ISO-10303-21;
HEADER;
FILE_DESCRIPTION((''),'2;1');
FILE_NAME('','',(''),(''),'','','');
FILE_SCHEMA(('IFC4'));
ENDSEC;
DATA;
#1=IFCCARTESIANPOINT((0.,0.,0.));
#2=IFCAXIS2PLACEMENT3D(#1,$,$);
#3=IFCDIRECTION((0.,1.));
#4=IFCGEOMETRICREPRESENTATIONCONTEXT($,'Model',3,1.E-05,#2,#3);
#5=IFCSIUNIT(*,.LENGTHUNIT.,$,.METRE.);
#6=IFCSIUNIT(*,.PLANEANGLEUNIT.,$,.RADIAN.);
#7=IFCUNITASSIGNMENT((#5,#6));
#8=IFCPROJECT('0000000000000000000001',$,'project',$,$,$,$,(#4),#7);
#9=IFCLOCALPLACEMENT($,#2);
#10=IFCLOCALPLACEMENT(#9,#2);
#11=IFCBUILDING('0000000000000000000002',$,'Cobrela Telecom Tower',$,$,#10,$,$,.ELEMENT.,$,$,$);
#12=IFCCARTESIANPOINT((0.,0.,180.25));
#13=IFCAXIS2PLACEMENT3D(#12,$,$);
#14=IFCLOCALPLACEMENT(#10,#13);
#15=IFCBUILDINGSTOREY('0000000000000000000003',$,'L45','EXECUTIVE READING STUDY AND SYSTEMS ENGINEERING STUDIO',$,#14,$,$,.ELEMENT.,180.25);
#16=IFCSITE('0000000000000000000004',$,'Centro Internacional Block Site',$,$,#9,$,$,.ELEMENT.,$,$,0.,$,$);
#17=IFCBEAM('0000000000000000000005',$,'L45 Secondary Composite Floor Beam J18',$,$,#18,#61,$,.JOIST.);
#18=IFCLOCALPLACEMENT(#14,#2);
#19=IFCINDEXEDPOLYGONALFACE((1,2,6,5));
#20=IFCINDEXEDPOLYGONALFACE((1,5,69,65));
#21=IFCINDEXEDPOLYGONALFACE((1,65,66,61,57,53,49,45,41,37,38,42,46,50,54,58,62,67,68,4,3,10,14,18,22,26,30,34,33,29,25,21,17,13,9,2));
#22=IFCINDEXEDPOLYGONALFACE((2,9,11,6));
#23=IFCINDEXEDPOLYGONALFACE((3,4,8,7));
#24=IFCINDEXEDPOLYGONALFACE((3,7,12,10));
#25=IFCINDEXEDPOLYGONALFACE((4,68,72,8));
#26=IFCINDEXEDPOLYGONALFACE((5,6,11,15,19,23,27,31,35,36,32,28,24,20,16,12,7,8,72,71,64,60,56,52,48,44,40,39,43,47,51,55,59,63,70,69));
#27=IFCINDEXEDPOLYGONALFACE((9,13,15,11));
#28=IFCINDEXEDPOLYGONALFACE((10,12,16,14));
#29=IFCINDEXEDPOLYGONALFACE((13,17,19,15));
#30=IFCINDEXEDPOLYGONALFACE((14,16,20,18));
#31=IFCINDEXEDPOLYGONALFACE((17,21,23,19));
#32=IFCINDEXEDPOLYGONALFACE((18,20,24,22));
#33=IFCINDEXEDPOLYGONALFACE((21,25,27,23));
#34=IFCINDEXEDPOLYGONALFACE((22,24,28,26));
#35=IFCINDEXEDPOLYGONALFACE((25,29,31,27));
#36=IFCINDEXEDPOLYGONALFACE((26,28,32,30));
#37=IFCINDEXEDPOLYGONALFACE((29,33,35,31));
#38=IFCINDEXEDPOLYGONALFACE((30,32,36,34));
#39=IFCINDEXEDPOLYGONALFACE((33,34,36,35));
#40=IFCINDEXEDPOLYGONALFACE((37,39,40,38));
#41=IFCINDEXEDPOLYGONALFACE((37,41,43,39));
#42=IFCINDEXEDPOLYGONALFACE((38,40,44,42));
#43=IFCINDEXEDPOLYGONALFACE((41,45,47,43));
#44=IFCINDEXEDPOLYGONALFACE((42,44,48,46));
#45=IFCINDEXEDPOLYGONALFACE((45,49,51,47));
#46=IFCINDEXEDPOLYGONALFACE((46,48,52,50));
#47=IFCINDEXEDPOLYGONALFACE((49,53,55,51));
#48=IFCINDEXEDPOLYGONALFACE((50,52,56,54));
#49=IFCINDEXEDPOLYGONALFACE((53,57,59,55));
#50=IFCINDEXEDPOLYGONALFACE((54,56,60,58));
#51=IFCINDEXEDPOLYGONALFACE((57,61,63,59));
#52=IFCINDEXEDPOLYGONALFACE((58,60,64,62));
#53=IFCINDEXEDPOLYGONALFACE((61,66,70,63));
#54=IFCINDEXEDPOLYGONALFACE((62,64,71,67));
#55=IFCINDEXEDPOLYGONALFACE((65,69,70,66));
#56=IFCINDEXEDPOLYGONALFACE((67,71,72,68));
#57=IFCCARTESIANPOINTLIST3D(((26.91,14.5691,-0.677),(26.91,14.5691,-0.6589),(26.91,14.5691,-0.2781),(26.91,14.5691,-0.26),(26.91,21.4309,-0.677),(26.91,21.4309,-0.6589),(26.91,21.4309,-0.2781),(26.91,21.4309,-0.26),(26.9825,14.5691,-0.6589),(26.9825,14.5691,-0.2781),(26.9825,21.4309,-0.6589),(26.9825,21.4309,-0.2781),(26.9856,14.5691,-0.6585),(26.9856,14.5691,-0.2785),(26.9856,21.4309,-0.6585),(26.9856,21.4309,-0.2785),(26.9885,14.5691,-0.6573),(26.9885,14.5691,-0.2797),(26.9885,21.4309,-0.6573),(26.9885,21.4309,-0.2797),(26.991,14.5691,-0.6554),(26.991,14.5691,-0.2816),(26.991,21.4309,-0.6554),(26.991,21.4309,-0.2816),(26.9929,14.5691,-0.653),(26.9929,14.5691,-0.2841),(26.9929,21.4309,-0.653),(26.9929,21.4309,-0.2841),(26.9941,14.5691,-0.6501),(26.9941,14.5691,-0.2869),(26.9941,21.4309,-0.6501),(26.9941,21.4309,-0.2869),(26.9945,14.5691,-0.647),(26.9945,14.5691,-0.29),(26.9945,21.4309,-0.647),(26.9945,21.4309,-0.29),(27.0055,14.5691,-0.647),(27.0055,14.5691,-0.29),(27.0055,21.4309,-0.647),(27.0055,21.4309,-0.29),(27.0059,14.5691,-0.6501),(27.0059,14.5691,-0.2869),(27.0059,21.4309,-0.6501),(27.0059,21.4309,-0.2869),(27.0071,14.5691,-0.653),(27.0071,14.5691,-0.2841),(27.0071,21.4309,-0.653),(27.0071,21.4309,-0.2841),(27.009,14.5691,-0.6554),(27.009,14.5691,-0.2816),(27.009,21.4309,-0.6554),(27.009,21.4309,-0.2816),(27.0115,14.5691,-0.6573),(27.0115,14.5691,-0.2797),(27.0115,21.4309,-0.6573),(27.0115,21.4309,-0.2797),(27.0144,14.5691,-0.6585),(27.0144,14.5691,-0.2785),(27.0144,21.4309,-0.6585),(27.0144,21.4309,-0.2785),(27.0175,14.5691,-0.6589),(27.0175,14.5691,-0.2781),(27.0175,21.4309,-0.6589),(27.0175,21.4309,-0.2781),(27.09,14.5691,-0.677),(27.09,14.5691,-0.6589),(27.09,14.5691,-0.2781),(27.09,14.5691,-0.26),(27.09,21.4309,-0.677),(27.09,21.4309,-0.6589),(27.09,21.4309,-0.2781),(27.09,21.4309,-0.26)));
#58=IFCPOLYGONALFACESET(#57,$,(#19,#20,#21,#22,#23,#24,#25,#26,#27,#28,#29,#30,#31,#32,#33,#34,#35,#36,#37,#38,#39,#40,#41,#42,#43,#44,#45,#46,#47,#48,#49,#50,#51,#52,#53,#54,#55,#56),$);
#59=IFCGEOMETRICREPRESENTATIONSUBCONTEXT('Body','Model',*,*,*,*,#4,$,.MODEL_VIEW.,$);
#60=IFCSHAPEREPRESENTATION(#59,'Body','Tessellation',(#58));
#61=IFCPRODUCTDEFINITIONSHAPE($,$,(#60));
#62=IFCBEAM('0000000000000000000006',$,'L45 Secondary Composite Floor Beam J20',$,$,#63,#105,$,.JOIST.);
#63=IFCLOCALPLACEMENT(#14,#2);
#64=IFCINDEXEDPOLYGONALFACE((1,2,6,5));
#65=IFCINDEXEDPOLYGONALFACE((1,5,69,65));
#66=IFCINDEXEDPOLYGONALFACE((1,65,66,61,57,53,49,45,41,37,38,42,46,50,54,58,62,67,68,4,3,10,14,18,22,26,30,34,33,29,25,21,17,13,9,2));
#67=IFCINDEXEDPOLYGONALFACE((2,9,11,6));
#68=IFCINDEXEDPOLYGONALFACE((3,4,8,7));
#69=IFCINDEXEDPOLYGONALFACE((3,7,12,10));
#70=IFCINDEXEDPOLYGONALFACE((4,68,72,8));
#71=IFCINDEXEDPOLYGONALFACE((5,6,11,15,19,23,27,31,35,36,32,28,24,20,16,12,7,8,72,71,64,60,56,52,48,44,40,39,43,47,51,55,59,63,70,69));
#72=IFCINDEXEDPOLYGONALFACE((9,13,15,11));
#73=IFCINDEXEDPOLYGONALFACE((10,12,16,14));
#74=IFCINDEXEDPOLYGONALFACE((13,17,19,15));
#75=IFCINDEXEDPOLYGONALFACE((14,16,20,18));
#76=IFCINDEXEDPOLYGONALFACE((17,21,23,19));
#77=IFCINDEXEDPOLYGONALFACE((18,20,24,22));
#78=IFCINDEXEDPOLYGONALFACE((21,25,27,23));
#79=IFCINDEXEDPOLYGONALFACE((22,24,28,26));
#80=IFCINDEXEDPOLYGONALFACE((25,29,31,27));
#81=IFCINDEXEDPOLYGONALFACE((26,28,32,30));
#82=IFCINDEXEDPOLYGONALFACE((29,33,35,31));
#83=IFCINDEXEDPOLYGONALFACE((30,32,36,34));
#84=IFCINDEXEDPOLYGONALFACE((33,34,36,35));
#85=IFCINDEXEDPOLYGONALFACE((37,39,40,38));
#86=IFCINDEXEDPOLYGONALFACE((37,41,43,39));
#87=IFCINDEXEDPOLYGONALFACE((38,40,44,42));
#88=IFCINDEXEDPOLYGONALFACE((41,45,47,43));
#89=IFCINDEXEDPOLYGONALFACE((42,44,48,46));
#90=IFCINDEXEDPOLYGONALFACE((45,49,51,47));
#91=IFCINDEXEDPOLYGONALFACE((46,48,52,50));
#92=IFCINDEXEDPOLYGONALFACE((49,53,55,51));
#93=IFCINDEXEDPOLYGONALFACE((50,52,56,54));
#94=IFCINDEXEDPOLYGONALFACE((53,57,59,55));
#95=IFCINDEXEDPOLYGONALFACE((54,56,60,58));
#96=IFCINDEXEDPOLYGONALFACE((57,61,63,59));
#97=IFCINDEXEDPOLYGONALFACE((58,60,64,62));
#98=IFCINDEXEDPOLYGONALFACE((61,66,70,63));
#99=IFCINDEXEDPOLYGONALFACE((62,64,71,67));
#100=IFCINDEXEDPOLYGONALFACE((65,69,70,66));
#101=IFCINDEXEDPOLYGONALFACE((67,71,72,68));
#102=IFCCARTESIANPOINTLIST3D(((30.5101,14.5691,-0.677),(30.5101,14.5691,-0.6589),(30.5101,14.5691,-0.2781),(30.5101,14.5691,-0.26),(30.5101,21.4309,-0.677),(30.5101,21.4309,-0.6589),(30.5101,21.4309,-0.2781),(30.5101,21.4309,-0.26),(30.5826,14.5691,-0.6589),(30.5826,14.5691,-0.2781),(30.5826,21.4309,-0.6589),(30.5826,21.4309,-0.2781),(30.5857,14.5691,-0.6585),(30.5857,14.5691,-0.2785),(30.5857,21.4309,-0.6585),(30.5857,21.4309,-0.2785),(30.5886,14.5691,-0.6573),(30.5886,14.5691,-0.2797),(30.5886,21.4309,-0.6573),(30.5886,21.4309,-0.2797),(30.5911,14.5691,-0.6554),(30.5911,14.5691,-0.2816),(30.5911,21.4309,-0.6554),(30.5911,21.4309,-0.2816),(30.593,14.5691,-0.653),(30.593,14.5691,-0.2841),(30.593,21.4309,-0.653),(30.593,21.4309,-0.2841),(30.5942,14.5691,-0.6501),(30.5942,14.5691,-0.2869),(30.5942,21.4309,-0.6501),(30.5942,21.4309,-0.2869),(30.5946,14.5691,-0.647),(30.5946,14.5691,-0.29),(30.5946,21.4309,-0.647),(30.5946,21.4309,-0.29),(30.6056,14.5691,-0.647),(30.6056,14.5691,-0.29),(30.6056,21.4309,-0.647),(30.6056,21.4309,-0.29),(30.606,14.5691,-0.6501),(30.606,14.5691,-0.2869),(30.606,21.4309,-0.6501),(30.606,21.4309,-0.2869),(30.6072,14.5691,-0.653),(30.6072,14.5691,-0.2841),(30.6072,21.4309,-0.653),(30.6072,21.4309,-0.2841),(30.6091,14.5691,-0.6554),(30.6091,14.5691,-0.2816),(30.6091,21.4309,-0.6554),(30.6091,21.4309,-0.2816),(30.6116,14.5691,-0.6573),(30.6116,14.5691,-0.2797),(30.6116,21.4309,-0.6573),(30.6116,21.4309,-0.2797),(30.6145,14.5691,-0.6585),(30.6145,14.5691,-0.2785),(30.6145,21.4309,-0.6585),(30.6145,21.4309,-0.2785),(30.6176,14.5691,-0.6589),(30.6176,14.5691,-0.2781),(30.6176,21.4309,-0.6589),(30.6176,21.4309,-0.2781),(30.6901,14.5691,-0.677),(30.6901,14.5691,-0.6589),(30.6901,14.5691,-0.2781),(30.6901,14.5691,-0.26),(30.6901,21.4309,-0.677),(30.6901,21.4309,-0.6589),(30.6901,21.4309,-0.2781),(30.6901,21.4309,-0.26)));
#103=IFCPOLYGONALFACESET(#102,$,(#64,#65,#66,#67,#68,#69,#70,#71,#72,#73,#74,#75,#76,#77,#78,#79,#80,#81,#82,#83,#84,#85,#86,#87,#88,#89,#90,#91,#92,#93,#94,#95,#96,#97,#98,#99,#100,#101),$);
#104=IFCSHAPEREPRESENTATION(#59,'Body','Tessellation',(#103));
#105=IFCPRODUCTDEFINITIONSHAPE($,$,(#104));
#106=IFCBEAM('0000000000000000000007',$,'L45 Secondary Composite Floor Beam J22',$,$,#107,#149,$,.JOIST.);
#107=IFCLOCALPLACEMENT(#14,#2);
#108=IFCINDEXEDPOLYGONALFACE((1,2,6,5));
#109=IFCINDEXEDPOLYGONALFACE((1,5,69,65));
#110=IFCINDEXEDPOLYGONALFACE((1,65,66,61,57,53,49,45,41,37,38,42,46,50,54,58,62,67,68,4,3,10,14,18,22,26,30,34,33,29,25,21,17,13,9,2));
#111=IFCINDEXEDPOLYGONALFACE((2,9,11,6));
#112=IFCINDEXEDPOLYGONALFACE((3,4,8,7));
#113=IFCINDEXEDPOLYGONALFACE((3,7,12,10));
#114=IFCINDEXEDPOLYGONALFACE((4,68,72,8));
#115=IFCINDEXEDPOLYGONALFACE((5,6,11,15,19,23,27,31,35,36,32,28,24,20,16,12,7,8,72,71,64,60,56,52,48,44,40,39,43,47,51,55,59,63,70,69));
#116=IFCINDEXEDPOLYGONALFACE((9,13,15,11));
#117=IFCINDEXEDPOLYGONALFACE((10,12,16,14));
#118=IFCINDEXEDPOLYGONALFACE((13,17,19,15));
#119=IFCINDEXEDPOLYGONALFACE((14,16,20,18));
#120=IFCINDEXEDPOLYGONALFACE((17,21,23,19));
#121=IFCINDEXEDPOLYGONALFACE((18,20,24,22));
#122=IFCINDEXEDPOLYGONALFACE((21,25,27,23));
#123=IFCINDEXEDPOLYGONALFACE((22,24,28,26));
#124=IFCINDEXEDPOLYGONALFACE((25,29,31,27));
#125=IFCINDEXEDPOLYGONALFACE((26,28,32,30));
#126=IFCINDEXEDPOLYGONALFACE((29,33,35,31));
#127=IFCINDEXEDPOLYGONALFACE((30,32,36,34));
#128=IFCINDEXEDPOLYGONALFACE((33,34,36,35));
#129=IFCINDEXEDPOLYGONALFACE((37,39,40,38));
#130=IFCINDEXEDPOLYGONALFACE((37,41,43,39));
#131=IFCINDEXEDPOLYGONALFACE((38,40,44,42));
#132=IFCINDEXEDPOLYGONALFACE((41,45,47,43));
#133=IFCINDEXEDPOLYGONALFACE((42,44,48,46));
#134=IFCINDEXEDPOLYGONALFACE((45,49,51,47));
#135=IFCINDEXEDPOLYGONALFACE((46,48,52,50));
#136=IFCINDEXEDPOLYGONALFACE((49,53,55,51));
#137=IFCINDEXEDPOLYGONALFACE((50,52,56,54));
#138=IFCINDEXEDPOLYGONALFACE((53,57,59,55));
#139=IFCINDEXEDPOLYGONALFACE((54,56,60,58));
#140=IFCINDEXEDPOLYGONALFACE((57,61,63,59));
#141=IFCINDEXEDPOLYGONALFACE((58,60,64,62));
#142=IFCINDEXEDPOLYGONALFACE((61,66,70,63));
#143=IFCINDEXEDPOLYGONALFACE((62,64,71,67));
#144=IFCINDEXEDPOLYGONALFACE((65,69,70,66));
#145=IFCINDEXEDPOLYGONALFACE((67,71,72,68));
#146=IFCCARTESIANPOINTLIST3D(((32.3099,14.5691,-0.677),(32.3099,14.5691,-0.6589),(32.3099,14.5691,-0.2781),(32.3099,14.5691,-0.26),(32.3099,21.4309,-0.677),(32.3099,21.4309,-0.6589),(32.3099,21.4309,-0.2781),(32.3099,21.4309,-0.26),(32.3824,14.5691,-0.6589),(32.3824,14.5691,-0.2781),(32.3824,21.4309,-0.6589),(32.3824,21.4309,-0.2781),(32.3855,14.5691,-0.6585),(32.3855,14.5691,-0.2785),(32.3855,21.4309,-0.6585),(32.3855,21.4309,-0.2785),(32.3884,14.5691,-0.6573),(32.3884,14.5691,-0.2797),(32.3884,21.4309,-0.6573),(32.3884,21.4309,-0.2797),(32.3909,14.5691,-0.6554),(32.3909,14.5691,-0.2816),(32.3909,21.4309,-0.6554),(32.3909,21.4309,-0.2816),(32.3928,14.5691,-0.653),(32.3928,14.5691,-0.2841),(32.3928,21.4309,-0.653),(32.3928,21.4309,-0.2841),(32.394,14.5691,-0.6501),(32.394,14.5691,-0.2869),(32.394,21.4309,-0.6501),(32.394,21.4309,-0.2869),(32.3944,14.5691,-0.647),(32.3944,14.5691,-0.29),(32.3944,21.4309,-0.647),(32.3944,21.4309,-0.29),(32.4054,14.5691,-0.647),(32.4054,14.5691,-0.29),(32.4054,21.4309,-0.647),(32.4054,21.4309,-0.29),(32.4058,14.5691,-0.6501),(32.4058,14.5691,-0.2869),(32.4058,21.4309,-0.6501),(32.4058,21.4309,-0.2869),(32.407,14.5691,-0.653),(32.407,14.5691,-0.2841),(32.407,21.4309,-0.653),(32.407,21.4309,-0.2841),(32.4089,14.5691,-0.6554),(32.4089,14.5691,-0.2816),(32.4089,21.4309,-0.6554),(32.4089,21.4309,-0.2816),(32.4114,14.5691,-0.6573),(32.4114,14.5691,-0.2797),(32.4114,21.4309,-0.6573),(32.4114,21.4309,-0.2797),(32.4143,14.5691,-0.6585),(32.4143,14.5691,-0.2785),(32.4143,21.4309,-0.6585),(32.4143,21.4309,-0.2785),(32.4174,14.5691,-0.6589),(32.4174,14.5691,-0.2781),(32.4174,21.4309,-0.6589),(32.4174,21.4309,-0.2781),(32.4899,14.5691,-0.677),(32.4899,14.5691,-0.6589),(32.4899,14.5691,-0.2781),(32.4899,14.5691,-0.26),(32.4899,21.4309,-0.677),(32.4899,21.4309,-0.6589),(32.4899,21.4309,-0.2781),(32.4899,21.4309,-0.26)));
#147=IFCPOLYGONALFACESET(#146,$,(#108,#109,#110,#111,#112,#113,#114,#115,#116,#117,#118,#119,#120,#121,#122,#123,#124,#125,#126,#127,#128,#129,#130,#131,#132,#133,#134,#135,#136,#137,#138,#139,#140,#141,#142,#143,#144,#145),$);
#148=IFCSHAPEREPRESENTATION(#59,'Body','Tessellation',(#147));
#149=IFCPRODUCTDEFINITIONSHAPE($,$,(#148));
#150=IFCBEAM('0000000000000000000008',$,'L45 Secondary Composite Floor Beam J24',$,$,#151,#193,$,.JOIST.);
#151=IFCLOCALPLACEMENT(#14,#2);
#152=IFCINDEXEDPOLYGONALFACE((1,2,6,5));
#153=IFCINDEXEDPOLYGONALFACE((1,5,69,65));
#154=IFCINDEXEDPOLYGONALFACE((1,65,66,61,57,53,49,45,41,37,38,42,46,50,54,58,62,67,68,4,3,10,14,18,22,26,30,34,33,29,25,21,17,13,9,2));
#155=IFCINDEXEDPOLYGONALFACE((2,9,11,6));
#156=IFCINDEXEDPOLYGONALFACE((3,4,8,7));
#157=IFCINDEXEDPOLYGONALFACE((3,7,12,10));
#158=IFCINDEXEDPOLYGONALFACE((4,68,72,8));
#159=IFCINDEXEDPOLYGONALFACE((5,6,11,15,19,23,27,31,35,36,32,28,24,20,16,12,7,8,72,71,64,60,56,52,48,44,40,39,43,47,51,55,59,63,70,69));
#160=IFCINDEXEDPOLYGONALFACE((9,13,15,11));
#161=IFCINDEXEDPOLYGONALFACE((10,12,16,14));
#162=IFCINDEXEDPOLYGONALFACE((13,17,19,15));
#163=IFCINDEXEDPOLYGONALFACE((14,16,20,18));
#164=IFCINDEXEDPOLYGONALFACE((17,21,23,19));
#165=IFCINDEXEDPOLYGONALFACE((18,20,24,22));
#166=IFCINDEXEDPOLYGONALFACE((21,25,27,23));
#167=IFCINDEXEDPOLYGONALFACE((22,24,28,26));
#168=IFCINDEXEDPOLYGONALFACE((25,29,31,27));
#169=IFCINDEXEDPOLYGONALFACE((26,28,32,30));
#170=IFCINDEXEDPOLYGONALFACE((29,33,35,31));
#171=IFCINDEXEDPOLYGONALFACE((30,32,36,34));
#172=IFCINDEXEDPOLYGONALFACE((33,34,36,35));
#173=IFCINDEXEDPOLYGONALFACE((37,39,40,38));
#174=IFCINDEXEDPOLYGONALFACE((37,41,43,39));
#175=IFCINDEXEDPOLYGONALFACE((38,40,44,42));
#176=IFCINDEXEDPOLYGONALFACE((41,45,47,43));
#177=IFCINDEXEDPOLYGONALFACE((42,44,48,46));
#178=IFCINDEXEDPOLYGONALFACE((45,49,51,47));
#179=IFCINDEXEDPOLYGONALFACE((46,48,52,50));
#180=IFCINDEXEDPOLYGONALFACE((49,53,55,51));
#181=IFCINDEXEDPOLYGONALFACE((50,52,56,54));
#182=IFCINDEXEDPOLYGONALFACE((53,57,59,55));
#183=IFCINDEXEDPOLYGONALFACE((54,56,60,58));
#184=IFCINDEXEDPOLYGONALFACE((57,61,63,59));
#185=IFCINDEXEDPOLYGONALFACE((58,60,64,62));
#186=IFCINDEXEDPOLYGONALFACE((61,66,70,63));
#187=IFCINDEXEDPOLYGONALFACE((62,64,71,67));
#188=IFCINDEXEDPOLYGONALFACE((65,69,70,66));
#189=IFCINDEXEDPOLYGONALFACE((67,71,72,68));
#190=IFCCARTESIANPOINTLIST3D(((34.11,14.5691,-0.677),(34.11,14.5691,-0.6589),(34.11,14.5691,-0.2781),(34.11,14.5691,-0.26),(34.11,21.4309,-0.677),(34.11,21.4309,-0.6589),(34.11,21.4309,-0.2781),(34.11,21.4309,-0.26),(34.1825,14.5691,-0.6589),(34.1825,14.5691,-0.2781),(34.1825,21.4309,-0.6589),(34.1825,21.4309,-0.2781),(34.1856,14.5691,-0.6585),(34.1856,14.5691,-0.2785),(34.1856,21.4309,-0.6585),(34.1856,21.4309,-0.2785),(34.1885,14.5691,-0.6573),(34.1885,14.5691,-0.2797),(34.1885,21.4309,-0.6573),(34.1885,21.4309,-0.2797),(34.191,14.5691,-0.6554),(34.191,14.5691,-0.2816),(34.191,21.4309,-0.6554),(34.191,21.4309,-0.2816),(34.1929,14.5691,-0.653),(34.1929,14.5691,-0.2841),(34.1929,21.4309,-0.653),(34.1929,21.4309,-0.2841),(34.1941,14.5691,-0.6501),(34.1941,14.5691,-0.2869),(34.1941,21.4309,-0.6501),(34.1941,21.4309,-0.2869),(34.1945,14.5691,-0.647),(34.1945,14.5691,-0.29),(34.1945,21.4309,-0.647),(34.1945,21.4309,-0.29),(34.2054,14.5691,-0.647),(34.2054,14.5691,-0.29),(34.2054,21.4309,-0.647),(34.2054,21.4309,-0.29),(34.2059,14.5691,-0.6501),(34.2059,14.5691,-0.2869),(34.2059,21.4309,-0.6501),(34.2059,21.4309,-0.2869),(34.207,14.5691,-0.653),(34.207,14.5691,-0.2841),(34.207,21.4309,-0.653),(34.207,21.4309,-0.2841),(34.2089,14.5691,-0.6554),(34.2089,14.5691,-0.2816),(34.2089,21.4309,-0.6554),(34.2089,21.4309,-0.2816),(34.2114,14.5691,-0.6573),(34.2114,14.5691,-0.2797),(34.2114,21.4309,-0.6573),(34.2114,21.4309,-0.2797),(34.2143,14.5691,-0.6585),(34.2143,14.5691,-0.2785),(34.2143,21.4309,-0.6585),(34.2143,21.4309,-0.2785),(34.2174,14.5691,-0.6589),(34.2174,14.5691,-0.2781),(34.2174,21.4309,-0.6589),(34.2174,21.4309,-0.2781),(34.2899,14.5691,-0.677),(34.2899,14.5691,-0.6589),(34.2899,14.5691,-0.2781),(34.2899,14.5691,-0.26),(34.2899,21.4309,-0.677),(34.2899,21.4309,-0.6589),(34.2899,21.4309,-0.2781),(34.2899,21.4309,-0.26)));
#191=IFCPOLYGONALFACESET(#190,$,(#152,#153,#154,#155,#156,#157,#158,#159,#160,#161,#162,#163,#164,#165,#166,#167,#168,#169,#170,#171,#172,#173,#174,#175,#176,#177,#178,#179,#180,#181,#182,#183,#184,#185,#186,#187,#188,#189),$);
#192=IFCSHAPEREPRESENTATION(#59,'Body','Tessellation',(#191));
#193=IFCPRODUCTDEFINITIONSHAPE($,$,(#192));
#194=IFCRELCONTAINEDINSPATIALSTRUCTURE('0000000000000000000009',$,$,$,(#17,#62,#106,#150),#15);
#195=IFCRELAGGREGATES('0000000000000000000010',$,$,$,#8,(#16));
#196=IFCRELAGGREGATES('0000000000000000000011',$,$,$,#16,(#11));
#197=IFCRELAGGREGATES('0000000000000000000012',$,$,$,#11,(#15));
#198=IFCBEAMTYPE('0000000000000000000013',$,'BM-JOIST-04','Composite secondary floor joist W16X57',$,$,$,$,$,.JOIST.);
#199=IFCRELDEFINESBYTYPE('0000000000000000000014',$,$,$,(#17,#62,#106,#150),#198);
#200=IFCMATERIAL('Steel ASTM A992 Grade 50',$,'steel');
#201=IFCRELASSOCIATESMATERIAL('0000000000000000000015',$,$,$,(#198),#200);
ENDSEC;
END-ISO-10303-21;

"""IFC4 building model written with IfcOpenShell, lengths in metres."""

from ifc_helpers import new_model, si_unit, direction, frame, origin, origin_2d, place, context, subcontext, project, spatial, i_section, extrude, material, material_profile, profile_set, type_object, element, save


model = new_model("IFC4")

# Units and contexts
model_context = context("Model", 3, precision=1e-05, world=origin(), true_north=direction((0.0, 1.0)))
body_context = subcontext(model_context, "Body", "Model", "MODEL_VIEW")
ifc_project = project(units=[si_unit("LENGTHUNIT", "METRE"), si_unit("PLANEANGLEUNIT", "RADIAN")], contexts=[model_context])

# Site, building, storey
site_placement = place(None, origin())
site = spatial("IfcSite", under=ifc_project, at=site_placement, Name="Centro Internacional Block Site", CompositionType="ELEMENT", RefElevation=0.0)
building_placement = place(site_placement, origin())
building = spatial("IfcBuilding", under=site, at=building_placement, Name="Cobrela Telecom Tower", CompositionType="ELEMENT")
storey_placement = place(building_placement, frame((0.0, 0.0, 180.25)))
storey = spatial("IfcBuildingStorey", under=building, at=storey_placement, Name="L45", Description="EXECUTIVE READING STUDY AND SYSTEMS ENGINEERING STUDIO", CompositionType="ELEMENT", Elevation=180.25)

# Shared definitions
ifc_material_1 = material(Name="Steel ASTM A992 Grade 50", Category="steel")

# Beams
ifc_material_profile_1 = material_profile(ifc_material_1, i_section(OverallWidth=0.1799, OverallDepth=0.417, WebThickness=0.011, FlangeThickness=0.0181, FilletRadius=0.012, at=origin_2d()), Name="W16X57")
ifc_profile_set_1 = profile_set([ifc_material_profile_1], Name="Steel ASTM A992 Grade 50")
beam_type_1 = type_object("IfcBeamType", Name="BM-JOIST-04", Description="Composite secondary floor joist W16X57", PredefinedType="JOIST", material=ifc_profile_set_1)
for number, where, z_axis, x_axis, name in (
    (1, (27.0, 14.5691, -0.4685), (0.0, 1.0, 0.0), (-1.0, 0.0, 0.0), "L45 Secondary Composite Floor Beam J18"),
    (2, (30.6001, 14.5691, -0.4685), (0.0, 1.0, 0.0), (-1.0, 0.0, 0.0), "L45 Secondary Composite Floor Beam J20"),
    (3, (32.3999, 14.5691, -0.4685), (0.0, 1.0, 0.0), (-1.0, 0.0, 0.0), "L45 Secondary Composite Floor Beam J22"),
    (4, (34.2, 14.5691, -0.4685), (0.0, 1.0, 0.0), (-1.0, 0.0, 0.0), "L45 Secondary Composite Floor Beam J24"),
):
    element("IfcBeam", number, at=place(storey_placement, frame(where, z_axis=z_axis, x_axis=x_axis)), inside=storey, type_object=beam_type_1, Name=name, PredefinedType="JOIST", context=body_context, shape_type="SweptSolid", body=[
        extrude(i_section(OverallWidth=0.1799, OverallDepth=0.417, WebThickness=0.011, FlangeThickness=0.0181, FilletRadius=0.012, at=origin_2d()), origin(), (0.0, 0.0, 1.0), 6.8618),
    ])

save(model, "model.ifc")
